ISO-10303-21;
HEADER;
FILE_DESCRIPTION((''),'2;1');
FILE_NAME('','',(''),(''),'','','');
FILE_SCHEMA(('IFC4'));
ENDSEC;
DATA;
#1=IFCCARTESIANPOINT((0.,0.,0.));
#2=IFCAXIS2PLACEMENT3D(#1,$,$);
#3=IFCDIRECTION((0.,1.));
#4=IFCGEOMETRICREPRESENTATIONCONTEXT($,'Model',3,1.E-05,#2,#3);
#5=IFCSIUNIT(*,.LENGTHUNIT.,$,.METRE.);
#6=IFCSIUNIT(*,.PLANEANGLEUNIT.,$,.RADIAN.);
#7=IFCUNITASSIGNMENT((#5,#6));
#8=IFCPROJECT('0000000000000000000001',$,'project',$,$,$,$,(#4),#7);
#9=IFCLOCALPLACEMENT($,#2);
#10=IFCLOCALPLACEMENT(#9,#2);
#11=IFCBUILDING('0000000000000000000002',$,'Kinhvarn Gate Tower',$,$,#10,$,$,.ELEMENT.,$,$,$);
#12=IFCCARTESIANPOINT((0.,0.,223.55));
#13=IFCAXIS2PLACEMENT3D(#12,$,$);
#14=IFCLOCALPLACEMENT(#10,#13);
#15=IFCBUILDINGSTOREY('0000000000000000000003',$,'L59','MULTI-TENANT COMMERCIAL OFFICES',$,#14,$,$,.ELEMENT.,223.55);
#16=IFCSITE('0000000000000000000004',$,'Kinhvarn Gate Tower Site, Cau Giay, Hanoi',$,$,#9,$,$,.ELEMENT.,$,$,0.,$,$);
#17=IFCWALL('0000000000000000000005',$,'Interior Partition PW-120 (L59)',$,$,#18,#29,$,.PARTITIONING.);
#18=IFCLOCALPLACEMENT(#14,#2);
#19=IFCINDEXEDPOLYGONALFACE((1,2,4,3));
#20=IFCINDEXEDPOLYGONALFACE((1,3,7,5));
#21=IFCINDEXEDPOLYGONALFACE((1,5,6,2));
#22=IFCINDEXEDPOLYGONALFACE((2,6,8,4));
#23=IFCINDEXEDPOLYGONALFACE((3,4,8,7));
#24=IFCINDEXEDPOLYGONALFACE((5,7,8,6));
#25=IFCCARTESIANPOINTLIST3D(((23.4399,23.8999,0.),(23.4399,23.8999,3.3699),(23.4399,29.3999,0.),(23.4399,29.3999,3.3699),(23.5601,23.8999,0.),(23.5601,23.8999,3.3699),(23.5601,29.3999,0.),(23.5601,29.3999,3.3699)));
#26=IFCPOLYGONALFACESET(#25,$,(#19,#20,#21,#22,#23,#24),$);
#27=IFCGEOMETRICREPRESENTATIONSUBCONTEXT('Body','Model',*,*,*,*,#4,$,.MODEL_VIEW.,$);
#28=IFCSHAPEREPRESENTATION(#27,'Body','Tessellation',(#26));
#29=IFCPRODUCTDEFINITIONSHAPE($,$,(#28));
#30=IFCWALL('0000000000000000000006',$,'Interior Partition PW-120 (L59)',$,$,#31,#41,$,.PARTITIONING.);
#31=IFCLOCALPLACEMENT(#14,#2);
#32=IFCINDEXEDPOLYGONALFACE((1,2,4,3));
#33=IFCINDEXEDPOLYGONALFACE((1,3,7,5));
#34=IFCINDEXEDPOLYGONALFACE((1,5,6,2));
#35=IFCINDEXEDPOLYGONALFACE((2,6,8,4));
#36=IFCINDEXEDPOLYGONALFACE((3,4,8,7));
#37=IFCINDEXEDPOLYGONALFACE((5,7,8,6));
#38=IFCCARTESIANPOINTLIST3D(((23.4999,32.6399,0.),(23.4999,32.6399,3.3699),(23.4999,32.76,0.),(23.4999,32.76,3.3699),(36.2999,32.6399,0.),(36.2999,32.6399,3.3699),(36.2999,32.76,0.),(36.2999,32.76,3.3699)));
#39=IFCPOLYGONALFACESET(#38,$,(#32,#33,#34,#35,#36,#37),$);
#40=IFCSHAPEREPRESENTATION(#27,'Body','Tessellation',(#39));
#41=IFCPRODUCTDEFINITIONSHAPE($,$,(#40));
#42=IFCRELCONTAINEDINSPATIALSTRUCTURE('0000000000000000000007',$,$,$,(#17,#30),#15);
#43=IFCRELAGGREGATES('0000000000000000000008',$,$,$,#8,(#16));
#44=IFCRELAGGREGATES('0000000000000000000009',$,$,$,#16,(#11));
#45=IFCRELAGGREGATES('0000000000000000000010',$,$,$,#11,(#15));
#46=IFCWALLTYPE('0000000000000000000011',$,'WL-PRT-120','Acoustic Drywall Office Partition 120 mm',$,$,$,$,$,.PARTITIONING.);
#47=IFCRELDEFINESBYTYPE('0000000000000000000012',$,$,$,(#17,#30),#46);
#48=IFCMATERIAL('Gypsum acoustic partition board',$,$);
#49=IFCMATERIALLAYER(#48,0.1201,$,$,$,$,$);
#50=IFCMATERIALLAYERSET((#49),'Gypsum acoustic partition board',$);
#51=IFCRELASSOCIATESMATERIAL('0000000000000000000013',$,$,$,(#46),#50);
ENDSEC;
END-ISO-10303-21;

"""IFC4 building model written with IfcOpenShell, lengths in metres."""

from ifc_helpers import new_model, si_unit, direction, frame, frame_2d, origin, place, context, subcontext, project, spatial, rectangle, extrude, material, layer, layer_set, type_object, element, save


model = new_model("IFC4")

# Units and contexts
model_context = context("Model", 3, precision=1e-05, world=origin(), true_north=direction((0.0, 1.0)))
body_context = subcontext(model_context, "Body", "Model", "MODEL_VIEW")
ifc_project = project(units=[si_unit("LENGTHUNIT", "METRE"), si_unit("PLANEANGLEUNIT", "RADIAN")], contexts=[model_context])

# Site, building, storey
site_placement = place(None, origin())
site = spatial("IfcSite", under=ifc_project, at=site_placement, Name="Kinhvarn Gate Tower Site, Cau Giay, Hanoi", CompositionType="ELEMENT", RefElevation=0.0)
building_placement = place(site_placement, origin())
building = spatial("IfcBuilding", under=site, at=building_placement, Name="Kinhvarn Gate Tower", CompositionType="ELEMENT")
storey_placement = place(building_placement, frame((0.0, 0.0, 223.55)))
storey = spatial("IfcBuildingStorey", under=building, at=storey_placement, Name="L59", Description="MULTI-TENANT COMMERCIAL OFFICES", CompositionType="ELEMENT", Elevation=223.55)

# Walls
ifc_material_1 = material(Name="Gypsum acoustic partition board")
ifc_layer_1 = layer(ifc_material_1, 0.1201)
ifc_layer_set_1 = layer_set([ifc_layer_1], Name="Gypsum acoustic partition board")
wall_type_1 = type_object("IfcWallType", Name="WL-PRT-120", Description="Acoustic Drywall Office Partition 120 mm", PredefinedType="PARTITIONING", material=ifc_layer_set_1)
wall_1_placement = place(storey_placement, frame((23.5, 23.8999, 0.0), z_axis=(0.0, 0.0, 1.0), x_axis=(0.0, 1.0, 0.0)))
element("IfcWall", 1, at=wall_1_placement, inside=storey, type_object=wall_type_1, Name="Interior Partition PW-120 (L59)", PredefinedType="PARTITIONING", context=body_context, shape_type="SweptSolid", body=[
    extrude(rectangle(XDim=5.5, YDim=0.1201, at=frame_2d((2.75, 0.0))), origin(), (0.0, 0.0, 1.0), 3.3699),
])
wall_2_placement = place(storey_placement, frame((23.5, 32.7, 0.0), z_axis=(0.0, 0.0, 1.0), x_axis=(1.0, 0.0, 0.0)))
element("IfcWall", 2, at=wall_2_placement, inside=storey, type_object=wall_type_1, Name="Interior Partition PW-120 (L59)", PredefinedType="PARTITIONING", context=body_context, shape_type="SweptSolid", body=[
    extrude(rectangle(XDim=12.8, YDim=0.1201, at=frame_2d((6.3999, 0.0))), origin(), (0.0, 0.0, 1.0), 3.3699),
])

save(model, "model.ifc")
